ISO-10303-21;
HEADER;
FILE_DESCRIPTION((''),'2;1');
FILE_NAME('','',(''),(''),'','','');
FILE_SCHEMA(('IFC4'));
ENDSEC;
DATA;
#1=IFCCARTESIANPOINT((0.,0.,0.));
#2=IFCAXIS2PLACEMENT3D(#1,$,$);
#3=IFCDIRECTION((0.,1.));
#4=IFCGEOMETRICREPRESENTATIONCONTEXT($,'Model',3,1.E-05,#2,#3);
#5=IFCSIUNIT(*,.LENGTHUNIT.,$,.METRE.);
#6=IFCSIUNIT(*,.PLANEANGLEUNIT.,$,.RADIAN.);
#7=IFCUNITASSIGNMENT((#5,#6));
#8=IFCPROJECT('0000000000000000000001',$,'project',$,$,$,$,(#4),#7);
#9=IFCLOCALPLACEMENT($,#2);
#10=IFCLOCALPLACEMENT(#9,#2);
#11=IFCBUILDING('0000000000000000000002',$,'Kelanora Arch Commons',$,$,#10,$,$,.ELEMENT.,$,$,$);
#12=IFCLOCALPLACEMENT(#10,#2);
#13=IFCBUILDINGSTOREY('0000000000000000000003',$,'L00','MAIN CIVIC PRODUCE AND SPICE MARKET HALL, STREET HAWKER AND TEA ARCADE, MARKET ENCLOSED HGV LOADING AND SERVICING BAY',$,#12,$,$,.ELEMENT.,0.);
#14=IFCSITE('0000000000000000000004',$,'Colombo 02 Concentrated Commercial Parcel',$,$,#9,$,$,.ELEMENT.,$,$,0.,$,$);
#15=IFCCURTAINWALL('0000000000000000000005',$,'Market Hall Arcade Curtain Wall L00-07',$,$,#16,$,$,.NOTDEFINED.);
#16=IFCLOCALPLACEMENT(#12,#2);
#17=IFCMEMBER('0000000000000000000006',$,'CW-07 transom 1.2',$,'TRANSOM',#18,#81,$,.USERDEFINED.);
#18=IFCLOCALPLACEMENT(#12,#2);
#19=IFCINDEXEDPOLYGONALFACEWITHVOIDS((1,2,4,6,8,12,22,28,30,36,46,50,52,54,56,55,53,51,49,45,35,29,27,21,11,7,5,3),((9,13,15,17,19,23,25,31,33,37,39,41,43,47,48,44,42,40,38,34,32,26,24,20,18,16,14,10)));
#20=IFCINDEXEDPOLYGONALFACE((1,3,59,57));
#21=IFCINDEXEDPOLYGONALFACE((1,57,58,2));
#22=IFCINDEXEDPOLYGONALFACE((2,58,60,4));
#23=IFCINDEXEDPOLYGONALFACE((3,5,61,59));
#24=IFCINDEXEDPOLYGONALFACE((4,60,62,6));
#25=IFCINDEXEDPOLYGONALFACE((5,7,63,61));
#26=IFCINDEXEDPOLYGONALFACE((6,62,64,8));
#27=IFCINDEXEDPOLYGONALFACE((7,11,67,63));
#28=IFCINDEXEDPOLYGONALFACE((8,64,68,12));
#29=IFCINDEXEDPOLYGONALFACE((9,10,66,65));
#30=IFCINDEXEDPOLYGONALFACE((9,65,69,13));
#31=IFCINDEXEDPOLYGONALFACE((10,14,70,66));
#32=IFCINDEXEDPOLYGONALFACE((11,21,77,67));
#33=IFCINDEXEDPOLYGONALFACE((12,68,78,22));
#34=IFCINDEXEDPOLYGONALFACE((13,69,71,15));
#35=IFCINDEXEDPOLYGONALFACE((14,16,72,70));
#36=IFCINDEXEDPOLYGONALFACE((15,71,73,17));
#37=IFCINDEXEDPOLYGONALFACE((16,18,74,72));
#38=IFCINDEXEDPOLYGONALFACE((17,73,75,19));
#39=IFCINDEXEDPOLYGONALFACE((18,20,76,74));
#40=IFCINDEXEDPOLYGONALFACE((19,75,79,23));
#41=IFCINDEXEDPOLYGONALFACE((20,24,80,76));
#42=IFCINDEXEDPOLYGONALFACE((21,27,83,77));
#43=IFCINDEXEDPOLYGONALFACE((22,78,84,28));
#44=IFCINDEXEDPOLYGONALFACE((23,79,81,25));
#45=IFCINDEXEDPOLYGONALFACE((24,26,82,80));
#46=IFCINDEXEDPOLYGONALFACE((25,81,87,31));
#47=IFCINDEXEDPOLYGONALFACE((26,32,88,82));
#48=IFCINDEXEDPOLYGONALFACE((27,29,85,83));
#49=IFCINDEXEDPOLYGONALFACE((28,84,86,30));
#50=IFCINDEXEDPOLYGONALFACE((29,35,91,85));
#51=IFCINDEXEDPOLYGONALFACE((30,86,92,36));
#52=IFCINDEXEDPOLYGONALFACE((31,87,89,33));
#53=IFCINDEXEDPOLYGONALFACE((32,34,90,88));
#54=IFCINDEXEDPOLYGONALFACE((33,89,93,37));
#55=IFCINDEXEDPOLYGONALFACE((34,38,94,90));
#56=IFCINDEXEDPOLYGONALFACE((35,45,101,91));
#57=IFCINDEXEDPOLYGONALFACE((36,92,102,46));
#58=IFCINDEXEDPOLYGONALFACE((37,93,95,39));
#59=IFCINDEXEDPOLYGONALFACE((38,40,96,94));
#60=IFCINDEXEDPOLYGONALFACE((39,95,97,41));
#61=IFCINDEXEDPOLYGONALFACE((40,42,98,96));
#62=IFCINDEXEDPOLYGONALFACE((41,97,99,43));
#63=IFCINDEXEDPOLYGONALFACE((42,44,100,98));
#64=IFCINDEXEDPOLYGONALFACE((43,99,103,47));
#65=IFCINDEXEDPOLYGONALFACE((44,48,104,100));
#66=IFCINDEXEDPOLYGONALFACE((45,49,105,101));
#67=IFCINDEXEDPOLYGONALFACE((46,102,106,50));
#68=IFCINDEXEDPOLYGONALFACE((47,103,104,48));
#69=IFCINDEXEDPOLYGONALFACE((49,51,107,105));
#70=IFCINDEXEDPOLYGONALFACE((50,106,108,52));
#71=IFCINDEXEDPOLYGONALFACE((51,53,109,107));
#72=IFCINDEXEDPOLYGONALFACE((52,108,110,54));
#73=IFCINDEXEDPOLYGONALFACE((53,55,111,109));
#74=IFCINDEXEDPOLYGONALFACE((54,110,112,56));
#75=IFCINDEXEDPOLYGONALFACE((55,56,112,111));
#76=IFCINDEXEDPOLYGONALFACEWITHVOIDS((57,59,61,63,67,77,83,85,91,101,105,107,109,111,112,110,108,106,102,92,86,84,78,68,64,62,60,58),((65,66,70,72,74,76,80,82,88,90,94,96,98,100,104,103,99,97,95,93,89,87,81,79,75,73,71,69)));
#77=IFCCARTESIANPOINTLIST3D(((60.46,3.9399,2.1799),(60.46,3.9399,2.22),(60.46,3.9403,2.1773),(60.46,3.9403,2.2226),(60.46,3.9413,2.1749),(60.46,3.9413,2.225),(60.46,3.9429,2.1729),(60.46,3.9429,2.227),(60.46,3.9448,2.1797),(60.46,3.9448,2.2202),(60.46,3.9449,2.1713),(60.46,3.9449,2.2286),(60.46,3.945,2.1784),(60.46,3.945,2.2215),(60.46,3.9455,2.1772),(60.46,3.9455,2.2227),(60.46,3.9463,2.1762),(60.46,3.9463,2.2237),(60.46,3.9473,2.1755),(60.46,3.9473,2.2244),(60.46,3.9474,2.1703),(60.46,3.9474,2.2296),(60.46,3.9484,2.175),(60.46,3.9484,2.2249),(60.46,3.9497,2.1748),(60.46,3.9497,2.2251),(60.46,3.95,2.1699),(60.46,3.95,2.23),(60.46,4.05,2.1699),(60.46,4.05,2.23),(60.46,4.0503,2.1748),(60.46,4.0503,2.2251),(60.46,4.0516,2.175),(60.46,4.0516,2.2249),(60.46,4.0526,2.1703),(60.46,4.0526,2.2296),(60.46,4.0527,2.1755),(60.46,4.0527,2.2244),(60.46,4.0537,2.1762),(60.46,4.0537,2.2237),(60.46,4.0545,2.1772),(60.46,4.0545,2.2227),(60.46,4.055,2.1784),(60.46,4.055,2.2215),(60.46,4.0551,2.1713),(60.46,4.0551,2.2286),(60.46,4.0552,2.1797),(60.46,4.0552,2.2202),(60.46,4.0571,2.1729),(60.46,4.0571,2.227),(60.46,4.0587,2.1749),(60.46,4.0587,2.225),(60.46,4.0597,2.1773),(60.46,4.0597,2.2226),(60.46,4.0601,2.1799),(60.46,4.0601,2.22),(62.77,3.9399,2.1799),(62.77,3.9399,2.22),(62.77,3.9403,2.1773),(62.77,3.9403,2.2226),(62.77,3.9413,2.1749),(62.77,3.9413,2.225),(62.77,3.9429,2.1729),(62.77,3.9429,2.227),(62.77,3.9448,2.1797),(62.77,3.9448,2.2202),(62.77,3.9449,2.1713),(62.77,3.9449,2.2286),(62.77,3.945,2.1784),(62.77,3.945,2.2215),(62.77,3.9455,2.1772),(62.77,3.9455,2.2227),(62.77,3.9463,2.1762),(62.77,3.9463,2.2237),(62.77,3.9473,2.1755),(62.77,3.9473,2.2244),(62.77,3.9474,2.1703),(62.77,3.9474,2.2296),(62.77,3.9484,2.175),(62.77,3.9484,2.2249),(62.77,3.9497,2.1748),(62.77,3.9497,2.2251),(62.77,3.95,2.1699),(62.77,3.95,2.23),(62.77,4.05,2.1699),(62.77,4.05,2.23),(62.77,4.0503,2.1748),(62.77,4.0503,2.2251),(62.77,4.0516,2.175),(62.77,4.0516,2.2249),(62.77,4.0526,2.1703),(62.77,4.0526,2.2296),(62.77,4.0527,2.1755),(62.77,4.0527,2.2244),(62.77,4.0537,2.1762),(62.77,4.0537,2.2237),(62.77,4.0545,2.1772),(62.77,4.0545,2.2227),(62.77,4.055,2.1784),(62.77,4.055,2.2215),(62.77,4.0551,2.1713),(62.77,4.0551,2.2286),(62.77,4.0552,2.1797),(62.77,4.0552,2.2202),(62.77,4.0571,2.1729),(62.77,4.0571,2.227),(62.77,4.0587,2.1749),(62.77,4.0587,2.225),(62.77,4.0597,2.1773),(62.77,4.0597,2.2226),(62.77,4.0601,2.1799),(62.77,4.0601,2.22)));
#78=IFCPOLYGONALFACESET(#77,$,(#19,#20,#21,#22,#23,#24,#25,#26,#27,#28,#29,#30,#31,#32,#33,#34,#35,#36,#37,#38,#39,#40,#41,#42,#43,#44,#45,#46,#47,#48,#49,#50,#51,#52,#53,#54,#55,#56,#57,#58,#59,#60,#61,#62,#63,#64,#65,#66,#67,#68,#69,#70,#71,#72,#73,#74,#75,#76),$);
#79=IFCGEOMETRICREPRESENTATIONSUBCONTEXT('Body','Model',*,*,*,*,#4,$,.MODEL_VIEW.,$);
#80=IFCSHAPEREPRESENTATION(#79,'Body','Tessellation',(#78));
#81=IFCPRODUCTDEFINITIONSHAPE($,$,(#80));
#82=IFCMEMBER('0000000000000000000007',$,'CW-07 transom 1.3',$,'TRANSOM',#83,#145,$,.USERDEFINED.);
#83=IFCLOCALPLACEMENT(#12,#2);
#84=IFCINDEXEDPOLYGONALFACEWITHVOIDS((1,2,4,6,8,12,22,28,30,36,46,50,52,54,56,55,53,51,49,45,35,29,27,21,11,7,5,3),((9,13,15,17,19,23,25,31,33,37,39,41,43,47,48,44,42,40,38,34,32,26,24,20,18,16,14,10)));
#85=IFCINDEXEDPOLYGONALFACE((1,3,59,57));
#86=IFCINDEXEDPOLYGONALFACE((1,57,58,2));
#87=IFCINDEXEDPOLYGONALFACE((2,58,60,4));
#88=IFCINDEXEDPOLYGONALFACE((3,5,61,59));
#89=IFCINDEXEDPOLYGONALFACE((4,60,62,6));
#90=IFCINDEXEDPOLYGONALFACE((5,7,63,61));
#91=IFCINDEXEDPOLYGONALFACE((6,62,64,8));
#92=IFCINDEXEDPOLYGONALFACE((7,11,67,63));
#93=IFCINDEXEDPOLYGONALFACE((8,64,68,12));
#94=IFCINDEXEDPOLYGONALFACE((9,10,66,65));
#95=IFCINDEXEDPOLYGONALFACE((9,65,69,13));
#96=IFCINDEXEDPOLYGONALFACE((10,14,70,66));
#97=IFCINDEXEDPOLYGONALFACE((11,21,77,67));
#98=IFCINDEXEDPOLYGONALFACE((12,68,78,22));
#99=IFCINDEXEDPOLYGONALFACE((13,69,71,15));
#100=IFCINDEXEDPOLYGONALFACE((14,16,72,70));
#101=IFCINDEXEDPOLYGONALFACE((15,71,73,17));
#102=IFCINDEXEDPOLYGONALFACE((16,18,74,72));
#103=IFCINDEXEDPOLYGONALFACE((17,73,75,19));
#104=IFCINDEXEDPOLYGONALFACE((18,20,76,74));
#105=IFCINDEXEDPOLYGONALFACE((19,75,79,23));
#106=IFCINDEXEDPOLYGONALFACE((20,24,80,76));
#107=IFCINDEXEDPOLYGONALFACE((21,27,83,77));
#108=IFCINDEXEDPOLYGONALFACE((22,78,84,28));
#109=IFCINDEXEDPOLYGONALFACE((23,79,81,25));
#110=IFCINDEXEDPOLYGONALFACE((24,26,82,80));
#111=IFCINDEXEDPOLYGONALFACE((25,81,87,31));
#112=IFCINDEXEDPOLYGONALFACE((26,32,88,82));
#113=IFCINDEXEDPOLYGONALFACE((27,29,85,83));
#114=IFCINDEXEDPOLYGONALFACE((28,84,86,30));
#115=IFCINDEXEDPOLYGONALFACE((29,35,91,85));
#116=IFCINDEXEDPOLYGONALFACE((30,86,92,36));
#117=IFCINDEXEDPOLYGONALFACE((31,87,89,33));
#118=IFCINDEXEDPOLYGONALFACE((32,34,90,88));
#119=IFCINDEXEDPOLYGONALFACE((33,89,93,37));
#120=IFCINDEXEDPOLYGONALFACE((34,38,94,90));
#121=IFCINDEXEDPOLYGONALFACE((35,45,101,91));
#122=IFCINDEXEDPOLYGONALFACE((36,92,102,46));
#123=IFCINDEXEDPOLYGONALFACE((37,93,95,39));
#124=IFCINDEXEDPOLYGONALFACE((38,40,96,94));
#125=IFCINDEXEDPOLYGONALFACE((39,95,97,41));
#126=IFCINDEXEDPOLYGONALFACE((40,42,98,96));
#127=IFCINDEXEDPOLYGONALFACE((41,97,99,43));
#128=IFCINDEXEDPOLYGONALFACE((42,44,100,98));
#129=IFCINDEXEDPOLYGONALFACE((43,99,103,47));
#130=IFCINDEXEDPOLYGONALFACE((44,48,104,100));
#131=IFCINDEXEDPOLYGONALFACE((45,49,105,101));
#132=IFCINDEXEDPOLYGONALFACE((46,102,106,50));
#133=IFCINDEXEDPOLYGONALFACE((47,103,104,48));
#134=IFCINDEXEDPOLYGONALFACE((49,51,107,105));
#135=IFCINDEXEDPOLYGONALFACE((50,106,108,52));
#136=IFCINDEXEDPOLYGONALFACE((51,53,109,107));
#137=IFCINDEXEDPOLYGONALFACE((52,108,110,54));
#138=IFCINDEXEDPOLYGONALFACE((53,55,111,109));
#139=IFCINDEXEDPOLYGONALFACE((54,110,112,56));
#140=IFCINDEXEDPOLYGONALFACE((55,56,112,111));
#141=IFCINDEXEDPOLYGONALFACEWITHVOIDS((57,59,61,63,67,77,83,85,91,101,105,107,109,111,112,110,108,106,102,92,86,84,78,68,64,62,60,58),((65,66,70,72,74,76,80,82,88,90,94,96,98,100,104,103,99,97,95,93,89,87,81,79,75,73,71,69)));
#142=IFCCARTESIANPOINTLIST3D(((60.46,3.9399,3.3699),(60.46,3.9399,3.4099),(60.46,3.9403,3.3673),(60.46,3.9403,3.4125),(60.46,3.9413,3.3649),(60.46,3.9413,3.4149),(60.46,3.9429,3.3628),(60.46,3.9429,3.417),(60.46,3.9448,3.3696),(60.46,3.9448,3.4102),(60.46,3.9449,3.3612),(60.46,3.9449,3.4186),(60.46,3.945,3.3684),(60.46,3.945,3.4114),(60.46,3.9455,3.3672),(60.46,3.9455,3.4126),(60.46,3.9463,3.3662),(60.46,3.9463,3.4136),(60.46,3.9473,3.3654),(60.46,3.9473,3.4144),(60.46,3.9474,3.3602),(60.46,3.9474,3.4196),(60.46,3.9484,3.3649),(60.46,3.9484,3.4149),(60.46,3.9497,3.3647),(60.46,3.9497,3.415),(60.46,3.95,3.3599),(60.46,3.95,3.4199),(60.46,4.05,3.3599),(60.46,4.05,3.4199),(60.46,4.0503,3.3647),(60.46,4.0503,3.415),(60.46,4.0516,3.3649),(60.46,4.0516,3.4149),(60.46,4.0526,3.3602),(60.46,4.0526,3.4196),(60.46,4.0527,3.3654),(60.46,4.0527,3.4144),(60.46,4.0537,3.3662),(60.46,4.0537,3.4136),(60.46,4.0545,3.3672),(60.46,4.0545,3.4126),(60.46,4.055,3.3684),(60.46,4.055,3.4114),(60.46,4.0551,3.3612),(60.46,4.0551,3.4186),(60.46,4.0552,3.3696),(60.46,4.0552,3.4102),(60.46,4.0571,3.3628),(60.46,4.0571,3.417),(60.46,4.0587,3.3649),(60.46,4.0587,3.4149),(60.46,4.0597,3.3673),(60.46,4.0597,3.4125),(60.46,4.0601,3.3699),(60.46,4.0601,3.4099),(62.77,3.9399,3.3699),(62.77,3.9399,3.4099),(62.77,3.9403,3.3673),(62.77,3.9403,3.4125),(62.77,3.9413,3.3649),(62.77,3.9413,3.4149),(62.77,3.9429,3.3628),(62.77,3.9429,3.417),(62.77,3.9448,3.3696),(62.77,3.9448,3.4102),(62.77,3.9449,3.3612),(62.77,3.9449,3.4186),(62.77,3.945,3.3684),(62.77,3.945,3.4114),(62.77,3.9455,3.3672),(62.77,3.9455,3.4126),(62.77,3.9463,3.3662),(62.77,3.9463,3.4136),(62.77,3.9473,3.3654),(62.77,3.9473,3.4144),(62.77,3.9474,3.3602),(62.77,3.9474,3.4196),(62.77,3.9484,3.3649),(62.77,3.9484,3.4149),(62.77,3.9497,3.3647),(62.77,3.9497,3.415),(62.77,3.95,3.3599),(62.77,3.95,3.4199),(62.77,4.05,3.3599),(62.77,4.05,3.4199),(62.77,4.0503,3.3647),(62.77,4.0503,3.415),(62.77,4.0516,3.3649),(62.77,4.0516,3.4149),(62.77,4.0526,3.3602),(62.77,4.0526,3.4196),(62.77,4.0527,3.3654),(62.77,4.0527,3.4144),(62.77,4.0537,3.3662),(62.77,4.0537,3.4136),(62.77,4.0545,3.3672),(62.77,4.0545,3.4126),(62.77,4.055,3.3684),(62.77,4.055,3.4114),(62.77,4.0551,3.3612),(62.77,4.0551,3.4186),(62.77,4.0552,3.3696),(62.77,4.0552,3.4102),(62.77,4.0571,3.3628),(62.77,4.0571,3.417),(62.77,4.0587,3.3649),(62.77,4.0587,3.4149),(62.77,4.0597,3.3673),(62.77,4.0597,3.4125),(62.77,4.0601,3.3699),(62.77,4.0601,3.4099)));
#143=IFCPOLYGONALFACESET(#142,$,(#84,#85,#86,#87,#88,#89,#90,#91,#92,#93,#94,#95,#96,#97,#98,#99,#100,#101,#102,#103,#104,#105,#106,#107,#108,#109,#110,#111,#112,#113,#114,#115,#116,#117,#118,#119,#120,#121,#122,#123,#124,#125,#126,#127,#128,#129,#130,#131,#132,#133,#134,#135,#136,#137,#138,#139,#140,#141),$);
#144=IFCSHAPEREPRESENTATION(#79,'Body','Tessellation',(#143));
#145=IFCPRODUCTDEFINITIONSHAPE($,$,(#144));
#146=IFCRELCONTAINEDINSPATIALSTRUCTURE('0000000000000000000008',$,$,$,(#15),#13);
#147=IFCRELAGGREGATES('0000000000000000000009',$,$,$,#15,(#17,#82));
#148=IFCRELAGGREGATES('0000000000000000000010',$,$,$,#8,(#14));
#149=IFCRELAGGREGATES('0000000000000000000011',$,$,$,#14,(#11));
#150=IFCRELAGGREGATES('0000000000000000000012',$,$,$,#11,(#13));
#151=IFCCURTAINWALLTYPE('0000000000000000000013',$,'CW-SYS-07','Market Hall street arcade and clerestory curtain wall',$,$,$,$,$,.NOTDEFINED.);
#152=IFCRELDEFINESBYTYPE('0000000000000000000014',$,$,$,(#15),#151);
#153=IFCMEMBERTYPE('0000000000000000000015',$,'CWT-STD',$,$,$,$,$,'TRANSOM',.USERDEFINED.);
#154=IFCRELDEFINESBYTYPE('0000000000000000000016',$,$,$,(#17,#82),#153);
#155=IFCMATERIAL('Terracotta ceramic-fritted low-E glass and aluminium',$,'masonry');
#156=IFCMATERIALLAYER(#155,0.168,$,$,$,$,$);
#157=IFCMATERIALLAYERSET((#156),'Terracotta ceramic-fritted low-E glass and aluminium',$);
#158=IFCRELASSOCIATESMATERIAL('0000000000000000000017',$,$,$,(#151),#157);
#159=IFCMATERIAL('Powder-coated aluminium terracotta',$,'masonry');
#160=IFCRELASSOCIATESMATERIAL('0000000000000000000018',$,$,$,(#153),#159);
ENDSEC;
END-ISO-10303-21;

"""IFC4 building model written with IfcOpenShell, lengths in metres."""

from ifc_helpers import new_model, si_unit, direction, frame, origin, origin_2d, place, context, subcontext, project, spatial, hollow_rectangle, extrude, material, layer, layer_set, material_profile, profile_set, type_object, element, aggregate, save


model = new_model("IFC4")

# Units and contexts
model_context = context("Model", 3, precision=1e-05, world=origin(), true_north=direction((0.0, 1.0)))
body_context = subcontext(model_context, "Body", "Model", "MODEL_VIEW")
ifc_project = project(units=[si_unit("LENGTHUNIT", "METRE"), si_unit("PLANEANGLEUNIT", "RADIAN")], contexts=[model_context])

# Site, building, storey
site_placement = place(None, origin())
site = spatial("IfcSite", under=ifc_project, at=site_placement, Name="Colombo 02 Concentrated Commercial Parcel", CompositionType="ELEMENT", RefElevation=0.0)
building_placement = place(site_placement, origin())
building = spatial("IfcBuilding", under=site, at=building_placement, Name="Kelanora Arch Commons", CompositionType="ELEMENT")
storey_placement = place(building_placement, origin())
storey = spatial("IfcBuildingStorey", under=building, at=storey_placement, Name="L00", Description="MAIN CIVIC PRODUCE AND SPICE MARKET HALL, STREET HAWKER AND TEA ARCADE, MARKET ENCLOSED HGV LOADING AND SERVICING BAY", CompositionType="ELEMENT", Elevation=0.0)

# Curtain wall, members
ifc_material_1 = material(Name="Terracotta ceramic-fritted low-E glass and aluminium", Category="masonry")
ifc_layer_1 = layer(ifc_material_1, 0.168)
ifc_layer_set_1 = layer_set([ifc_layer_1], Name="Terracotta ceramic-fritted low-E glass and aluminium")
curtain_wall_type = type_object("IfcCurtainWallType", Name="CW-SYS-07", Description="Market Hall street arcade and clerestory curtain wall", PredefinedType="NOTDEFINED", material=ifc_layer_set_1)
curtain_wall_placement = place(storey_placement, origin())
curtain_wall = element("IfcCurtainWall", 1, at=curtain_wall_placement, inside=storey, type_object=curtain_wall_type, Name="Market Hall Arcade Curtain Wall L00-07", PredefinedType="NOTDEFINED")
ifc_material_2 = material(Name="Powder-coated aluminium terracotta", Category="masonry")
ifc_material_profile_1 = material_profile(ifc_material_2, hollow_rectangle(XDim=0.1201, YDim=0.0601, WallThickness=0.0049, InnerFilletRadius=0.0049, OuterFilletRadius=0.01, at=origin_2d()), Name="CWT120x60")
ifc_profile_set_1 = profile_set([ifc_material_profile_1], Name="Powder-coated aluminium terracotta")
member_type_1 = type_object("IfcMemberType", Name="CWT-STD", ElementType="TRANSOM", PredefinedType="USERDEFINED", material=ifc_profile_set_1)
member_1_placement = place(storey_placement, frame((60.46, 4.0, 2.2), z_axis=(1.0, 0.0, 0.0), x_axis=(0.0, 1.0, 0.0)))
member_1 = element("IfcMember", 2, at=member_1_placement, type_object=member_type_1, Name="CW-07 transom 1.2", ObjectType="TRANSOM", PredefinedType="USERDEFINED", context=body_context, shape_type="SweptSolid", body=[
    extrude(hollow_rectangle(XDim=0.1201, YDim=0.0601, WallThickness=0.0049, InnerFilletRadius=0.0049, OuterFilletRadius=0.01, at=origin_2d()), origin(), (0.0, 0.0, 1.0), 2.3101),
])
member_2_placement = place(storey_placement, frame((60.46, 4.0, 3.3899), z_axis=(1.0, 0.0, 0.0), x_axis=(0.0, 1.0, 0.0)))
member_2 = element("IfcMember", 3, at=member_2_placement, type_object=member_type_1, Name="CW-07 transom 1.3", ObjectType="TRANSOM", PredefinedType="USERDEFINED", context=body_context, shape_type="SweptSolid", body=[
    extrude(hollow_rectangle(XDim=0.1201, YDim=0.0601, WallThickness=0.0049, InnerFilletRadius=0.0049, OuterFilletRadius=0.01, at=origin_2d()), origin(), (0.0, 0.0, 1.0), 2.3101),
])
aggregate(curtain_wall, [member_1, member_2])

save(model, "model.ifc")
